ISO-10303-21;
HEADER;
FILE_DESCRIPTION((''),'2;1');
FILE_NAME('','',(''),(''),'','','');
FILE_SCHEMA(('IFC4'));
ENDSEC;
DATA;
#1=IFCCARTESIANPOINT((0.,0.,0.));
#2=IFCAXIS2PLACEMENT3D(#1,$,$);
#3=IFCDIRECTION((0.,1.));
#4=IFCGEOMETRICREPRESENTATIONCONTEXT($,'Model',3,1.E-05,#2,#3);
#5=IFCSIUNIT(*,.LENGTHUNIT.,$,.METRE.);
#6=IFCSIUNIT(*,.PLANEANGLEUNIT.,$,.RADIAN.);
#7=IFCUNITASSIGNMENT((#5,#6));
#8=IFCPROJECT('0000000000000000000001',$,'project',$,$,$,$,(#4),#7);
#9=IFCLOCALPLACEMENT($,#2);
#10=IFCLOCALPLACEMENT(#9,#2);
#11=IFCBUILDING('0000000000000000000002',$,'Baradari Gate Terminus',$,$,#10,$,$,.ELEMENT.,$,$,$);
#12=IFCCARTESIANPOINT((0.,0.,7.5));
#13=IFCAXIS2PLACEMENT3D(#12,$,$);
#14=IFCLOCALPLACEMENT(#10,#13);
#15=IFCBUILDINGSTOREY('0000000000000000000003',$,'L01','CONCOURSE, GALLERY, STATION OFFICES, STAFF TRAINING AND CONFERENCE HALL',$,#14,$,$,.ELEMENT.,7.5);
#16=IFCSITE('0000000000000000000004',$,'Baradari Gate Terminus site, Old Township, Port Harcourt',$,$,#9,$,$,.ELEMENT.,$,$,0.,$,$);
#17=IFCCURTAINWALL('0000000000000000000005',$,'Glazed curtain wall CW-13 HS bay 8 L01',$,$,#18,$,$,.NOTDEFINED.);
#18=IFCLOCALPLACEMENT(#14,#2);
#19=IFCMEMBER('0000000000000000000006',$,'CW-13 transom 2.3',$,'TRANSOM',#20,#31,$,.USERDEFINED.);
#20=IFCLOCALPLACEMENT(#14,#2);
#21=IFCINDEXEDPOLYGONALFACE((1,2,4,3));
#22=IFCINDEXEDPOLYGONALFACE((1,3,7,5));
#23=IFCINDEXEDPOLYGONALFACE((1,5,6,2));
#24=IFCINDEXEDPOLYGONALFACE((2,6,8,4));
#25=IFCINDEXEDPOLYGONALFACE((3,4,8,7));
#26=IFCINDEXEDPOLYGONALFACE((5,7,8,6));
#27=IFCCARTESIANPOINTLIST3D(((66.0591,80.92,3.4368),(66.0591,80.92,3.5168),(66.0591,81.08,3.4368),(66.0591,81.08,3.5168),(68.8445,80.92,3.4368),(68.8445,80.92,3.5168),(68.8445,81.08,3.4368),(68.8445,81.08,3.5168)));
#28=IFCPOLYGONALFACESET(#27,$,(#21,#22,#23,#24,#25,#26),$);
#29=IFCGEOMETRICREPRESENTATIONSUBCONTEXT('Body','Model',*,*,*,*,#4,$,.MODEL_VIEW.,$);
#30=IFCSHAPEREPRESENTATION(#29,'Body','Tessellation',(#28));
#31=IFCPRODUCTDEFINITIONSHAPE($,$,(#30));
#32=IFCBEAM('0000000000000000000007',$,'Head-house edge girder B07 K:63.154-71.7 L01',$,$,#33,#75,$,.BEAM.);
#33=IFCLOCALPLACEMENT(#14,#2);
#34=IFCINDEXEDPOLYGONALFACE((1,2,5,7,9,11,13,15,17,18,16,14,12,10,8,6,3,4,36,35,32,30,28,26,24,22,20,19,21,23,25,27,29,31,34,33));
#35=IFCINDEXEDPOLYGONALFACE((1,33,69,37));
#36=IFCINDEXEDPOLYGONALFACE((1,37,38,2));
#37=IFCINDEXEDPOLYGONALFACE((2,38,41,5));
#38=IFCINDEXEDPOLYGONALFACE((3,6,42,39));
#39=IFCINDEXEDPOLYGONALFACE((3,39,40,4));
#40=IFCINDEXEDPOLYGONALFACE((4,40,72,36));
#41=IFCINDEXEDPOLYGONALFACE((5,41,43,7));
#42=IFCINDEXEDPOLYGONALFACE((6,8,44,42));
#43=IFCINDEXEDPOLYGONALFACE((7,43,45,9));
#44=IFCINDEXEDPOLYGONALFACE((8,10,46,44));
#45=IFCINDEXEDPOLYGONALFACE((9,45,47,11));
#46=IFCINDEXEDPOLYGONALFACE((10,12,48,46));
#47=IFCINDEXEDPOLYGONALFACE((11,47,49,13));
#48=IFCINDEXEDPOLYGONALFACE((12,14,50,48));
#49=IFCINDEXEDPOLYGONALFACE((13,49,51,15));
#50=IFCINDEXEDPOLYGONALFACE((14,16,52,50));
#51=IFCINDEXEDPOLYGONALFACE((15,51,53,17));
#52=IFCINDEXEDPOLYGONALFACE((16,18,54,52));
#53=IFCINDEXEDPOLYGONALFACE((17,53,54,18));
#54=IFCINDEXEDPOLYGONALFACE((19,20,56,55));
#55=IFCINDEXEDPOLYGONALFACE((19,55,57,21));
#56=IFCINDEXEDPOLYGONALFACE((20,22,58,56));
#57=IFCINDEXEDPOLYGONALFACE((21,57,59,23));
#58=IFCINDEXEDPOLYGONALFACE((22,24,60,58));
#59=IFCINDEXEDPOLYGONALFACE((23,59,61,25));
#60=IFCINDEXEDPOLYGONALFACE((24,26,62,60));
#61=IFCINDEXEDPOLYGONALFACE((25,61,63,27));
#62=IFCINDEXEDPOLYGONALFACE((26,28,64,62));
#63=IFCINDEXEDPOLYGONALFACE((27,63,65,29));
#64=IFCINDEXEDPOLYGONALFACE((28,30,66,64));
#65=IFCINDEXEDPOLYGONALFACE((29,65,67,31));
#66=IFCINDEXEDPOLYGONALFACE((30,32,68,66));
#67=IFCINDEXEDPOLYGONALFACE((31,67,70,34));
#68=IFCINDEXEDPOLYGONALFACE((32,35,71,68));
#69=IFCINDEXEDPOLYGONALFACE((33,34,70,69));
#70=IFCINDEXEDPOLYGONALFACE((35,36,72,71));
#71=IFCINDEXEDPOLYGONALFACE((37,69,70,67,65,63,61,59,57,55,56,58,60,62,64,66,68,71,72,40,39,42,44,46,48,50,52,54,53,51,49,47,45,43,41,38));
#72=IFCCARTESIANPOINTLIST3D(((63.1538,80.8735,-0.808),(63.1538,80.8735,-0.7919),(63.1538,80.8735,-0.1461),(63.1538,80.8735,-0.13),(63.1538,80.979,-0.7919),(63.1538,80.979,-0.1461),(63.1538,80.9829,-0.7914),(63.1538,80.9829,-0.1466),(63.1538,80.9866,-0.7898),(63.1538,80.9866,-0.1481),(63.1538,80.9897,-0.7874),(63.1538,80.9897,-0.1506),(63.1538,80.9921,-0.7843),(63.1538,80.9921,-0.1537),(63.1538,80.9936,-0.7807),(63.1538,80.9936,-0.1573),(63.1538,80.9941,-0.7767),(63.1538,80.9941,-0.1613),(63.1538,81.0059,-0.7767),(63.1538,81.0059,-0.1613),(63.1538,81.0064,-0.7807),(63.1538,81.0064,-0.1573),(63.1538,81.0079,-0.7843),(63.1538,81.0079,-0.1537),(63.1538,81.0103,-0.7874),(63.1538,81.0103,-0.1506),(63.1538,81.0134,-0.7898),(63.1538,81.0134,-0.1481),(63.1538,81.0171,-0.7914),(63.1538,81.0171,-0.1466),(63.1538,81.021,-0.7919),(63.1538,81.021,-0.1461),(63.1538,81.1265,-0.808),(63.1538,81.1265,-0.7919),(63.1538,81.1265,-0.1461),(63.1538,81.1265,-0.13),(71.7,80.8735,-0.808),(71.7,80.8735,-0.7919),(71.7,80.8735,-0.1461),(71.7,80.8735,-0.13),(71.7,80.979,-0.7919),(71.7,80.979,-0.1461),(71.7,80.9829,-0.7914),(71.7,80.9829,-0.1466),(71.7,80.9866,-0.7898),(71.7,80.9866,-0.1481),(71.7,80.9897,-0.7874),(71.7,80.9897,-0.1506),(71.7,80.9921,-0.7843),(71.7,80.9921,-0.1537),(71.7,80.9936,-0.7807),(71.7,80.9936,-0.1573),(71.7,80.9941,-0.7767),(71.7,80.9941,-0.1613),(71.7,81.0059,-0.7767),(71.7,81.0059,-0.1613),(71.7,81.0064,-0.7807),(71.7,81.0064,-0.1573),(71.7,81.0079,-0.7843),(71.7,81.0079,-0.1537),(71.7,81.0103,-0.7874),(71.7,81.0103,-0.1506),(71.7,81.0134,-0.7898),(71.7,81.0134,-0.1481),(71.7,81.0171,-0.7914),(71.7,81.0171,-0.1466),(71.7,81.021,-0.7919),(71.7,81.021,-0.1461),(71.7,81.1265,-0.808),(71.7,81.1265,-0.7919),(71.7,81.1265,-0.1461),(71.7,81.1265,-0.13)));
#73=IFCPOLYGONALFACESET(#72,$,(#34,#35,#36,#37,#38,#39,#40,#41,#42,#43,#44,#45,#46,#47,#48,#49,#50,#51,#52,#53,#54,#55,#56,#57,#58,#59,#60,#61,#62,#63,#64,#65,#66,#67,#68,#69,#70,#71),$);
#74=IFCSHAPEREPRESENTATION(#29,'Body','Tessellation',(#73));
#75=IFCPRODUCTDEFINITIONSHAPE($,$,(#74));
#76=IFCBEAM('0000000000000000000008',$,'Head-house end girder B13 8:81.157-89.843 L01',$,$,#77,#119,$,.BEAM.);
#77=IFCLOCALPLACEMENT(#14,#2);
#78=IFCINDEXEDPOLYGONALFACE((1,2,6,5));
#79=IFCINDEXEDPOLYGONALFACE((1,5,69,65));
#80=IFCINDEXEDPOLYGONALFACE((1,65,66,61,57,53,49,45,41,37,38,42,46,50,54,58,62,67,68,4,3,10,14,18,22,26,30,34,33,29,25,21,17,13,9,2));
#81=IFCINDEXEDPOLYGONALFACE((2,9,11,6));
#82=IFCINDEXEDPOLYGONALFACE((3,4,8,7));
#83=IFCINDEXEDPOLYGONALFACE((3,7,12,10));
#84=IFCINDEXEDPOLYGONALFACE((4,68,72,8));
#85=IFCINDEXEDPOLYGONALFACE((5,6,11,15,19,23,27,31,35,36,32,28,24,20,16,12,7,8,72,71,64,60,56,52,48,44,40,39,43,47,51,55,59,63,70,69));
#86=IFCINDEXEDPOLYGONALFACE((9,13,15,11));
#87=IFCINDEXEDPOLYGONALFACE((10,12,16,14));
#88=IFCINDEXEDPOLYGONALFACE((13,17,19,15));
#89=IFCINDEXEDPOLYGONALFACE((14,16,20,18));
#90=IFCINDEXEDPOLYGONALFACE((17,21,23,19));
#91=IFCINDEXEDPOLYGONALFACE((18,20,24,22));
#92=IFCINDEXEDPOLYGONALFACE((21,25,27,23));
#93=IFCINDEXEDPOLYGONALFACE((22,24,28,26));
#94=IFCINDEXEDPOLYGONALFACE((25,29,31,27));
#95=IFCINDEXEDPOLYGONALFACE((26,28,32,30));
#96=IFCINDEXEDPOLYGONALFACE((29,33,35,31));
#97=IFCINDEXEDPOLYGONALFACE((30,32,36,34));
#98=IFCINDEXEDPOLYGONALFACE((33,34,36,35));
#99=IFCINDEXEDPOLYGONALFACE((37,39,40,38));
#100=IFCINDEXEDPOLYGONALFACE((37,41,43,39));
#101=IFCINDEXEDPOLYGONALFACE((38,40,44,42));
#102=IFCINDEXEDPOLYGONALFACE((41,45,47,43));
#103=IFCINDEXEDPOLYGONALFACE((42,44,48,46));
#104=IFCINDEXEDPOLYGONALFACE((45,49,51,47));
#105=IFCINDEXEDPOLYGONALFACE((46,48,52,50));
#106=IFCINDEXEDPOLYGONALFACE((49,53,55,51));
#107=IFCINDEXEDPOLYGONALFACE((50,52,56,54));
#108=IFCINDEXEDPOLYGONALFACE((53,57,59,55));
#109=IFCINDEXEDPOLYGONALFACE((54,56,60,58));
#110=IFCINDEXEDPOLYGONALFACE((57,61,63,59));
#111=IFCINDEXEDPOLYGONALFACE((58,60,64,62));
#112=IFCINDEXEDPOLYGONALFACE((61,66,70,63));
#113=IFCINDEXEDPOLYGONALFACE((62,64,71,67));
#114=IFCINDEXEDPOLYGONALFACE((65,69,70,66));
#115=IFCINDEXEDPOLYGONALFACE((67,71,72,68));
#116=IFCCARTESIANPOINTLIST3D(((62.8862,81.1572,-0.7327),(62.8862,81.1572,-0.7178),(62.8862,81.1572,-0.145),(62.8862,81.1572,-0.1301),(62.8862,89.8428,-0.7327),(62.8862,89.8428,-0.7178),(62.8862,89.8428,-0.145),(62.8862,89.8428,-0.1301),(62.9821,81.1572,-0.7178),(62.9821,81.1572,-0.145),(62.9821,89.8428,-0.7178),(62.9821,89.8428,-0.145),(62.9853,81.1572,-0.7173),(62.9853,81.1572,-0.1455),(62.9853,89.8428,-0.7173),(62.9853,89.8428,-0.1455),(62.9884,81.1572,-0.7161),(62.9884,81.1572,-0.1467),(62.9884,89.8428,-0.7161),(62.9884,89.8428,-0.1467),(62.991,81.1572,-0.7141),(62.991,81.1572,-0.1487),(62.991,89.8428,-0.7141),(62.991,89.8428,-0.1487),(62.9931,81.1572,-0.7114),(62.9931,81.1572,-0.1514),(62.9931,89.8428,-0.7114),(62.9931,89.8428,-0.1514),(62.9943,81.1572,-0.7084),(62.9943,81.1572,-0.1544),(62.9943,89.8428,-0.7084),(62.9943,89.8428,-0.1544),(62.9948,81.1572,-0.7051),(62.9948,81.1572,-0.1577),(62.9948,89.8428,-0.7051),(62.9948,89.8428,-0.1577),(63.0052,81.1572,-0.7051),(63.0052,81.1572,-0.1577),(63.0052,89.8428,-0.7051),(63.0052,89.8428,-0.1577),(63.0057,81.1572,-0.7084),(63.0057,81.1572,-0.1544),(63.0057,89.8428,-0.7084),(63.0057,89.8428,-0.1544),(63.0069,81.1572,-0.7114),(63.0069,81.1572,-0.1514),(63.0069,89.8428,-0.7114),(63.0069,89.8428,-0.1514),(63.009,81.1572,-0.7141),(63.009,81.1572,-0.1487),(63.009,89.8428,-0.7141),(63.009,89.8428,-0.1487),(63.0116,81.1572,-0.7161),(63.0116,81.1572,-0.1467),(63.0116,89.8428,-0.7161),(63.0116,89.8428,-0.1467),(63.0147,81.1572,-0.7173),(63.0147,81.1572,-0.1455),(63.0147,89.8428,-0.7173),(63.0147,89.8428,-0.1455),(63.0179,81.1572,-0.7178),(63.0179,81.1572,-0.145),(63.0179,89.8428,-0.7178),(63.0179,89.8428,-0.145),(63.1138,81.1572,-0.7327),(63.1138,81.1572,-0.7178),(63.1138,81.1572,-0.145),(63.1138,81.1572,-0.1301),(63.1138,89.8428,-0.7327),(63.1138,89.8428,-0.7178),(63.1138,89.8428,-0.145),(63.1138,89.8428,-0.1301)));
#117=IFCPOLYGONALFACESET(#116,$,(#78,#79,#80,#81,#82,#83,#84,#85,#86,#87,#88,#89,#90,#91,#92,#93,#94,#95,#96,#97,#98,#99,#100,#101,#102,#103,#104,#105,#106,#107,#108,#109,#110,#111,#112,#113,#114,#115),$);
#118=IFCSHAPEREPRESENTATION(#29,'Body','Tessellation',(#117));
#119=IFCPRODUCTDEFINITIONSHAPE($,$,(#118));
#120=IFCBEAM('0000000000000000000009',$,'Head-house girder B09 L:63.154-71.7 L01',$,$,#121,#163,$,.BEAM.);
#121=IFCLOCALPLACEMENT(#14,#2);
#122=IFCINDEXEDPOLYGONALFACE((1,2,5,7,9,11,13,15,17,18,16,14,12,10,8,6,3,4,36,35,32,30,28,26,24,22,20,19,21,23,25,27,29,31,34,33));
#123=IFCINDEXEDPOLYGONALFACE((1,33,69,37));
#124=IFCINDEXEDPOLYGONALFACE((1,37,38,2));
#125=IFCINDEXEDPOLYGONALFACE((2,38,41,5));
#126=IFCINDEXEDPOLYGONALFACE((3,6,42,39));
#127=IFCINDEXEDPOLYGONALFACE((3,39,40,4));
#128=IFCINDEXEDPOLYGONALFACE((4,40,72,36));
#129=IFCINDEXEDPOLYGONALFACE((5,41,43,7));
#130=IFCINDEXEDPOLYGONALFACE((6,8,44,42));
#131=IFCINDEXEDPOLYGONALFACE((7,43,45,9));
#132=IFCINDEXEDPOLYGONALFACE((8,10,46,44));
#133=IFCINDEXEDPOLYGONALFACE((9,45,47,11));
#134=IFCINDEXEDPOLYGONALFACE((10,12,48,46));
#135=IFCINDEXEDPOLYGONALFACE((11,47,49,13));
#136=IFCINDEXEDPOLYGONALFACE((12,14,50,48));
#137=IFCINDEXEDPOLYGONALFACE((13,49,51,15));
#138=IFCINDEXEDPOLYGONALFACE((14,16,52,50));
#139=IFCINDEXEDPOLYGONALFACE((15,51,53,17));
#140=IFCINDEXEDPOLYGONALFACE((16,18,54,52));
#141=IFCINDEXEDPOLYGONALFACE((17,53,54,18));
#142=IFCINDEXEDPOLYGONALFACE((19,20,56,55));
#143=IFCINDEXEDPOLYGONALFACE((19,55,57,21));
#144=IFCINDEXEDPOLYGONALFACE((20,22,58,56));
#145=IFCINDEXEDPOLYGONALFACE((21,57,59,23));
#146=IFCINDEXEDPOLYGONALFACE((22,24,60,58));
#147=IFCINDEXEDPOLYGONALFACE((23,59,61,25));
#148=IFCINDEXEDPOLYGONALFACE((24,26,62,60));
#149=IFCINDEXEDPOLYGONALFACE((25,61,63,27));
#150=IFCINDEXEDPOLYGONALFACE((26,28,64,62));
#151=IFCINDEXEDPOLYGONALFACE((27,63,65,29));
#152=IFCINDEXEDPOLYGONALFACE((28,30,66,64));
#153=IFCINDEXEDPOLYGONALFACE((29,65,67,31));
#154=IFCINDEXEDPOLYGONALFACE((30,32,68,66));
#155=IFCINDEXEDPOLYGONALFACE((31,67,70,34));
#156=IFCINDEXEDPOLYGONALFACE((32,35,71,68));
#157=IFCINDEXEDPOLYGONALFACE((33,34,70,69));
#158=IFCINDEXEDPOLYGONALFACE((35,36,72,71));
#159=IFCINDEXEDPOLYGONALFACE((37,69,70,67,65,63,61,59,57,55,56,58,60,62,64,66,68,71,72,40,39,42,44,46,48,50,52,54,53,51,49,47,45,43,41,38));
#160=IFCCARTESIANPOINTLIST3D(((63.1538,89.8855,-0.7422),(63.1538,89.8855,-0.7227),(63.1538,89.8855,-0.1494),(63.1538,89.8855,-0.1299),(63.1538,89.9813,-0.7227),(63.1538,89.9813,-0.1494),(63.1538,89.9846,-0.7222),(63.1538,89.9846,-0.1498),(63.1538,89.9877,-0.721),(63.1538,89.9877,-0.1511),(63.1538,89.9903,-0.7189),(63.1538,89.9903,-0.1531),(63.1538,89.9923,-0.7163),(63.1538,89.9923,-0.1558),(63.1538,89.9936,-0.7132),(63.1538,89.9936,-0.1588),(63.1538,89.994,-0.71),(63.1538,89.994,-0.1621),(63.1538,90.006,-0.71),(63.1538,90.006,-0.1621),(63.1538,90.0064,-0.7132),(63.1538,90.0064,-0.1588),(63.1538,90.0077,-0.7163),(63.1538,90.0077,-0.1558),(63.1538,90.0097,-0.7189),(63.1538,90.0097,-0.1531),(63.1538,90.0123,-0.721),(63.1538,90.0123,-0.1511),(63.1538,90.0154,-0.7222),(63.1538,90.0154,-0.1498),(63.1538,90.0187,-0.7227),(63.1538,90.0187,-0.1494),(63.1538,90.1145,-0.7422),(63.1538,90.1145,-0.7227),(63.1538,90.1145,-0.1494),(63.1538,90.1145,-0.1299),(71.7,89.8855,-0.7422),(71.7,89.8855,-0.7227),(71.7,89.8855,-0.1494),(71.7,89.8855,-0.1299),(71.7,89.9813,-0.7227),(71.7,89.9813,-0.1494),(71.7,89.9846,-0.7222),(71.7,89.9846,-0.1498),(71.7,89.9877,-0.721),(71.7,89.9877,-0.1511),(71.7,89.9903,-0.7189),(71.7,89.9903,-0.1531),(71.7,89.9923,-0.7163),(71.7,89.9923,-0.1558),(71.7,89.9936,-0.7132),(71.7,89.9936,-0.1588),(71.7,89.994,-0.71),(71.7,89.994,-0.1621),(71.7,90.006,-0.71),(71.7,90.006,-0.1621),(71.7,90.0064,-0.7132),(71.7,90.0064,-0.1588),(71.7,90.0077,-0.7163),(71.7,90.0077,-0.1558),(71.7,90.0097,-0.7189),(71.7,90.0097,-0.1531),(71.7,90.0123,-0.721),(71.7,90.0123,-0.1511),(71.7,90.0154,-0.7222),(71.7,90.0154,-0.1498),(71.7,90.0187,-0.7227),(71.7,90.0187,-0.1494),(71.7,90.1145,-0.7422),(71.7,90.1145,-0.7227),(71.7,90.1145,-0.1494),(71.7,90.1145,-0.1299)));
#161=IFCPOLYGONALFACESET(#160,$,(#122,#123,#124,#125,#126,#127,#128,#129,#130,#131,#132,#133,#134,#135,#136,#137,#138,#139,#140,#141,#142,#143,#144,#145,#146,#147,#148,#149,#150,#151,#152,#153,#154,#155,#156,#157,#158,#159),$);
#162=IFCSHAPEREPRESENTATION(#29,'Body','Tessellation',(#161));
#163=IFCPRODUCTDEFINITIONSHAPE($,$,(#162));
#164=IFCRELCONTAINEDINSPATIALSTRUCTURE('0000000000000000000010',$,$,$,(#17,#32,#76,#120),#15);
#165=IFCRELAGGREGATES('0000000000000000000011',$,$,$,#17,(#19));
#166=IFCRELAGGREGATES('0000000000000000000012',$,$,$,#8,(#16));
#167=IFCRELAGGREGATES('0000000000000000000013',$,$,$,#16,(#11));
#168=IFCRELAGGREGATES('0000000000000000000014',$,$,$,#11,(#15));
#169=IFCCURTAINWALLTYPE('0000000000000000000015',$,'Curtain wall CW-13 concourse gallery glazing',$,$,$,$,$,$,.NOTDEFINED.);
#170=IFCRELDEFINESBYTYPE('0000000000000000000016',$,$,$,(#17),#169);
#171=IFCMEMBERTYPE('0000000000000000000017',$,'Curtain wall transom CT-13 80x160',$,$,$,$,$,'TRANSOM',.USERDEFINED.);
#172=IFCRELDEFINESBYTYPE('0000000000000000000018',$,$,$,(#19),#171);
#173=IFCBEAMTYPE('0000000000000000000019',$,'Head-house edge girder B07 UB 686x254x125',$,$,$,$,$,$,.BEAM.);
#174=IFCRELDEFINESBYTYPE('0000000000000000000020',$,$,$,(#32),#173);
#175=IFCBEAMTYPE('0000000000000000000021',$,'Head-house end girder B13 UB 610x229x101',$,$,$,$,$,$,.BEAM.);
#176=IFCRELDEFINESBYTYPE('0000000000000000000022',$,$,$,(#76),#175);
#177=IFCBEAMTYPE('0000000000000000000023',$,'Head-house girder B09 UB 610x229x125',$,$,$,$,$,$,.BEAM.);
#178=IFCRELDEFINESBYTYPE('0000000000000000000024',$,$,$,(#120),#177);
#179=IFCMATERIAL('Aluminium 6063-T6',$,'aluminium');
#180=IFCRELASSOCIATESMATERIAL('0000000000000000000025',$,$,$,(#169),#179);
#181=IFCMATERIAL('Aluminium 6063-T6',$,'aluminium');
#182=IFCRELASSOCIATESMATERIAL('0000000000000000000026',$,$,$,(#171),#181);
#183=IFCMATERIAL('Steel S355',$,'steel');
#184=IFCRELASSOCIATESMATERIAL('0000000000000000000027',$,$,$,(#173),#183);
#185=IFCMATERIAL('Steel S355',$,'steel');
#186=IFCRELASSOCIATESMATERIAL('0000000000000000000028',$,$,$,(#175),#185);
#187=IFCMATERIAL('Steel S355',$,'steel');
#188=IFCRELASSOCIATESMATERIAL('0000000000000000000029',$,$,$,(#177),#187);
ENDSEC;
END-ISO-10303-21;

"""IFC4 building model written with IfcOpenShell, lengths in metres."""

from ifc_helpers import new_model, si_unit, direction, frame, origin, origin_2d, place, context, subcontext, project, spatial, rectangle, i_section, extrude, material, material_profile, profile_set, type_object, element, aggregate, save


model = new_model("IFC4")

# Units and contexts
model_context = context("Model", 3, precision=1e-05, world=origin(), true_north=direction((0.0, 1.0)))
body_context = subcontext(model_context, "Body", "Model", "MODEL_VIEW")
ifc_project = project(units=[si_unit("LENGTHUNIT", "METRE"), si_unit("PLANEANGLEUNIT", "RADIAN")], contexts=[model_context])

# Site, building, storey
site_placement = place(None, origin())
site = spatial("IfcSite", under=ifc_project, at=site_placement, Name="Baradari Gate Terminus site, Old Township, Port Harcourt", CompositionType="ELEMENT", RefElevation=0.0)
building_placement = place(site_placement, origin())
building = spatial("IfcBuilding", under=site, at=building_placement, Name="Baradari Gate Terminus", CompositionType="ELEMENT")
storey_placement = place(building_placement, frame((0.0, 0.0, 7.5)))
storey = spatial("IfcBuildingStorey", under=building, at=storey_placement, Name="L01", Description="CONCOURSE, GALLERY, STATION OFFICES, STAFF TRAINING AND CONFERENCE HALL", CompositionType="ELEMENT", Elevation=7.5)

# Curtain wall, member
ifc_material_1 = material(Name="Aluminium 6063-T6", Category="aluminium")
curtain_wall_type = type_object("IfcCurtainWallType", Name="Curtain wall CW-13 concourse gallery glazing", PredefinedType="NOTDEFINED", material=ifc_material_1)
curtain_wall_placement = place(storey_placement, origin())
curtain_wall = element("IfcCurtainWall", 1, at=curtain_wall_placement, inside=storey, type_object=curtain_wall_type, Name="Glazed curtain wall CW-13 HS bay 8 L01", PredefinedType="NOTDEFINED")
ifc_material_2 = material(Name="Aluminium 6063-T6", Category="aluminium")
ifc_material_profile_1 = material_profile(ifc_material_2, rectangle(XDim=0.1599, YDim=0.0801, at=origin_2d()), Name="CT-13 80X160")
ifc_profile_set_1 = profile_set([ifc_material_profile_1], Name="Aluminium 6063-T6")
member_type_1 = type_object("IfcMemberType", Name="Curtain wall transom CT-13 80x160", ElementType="TRANSOM", PredefinedType="USERDEFINED", material=ifc_profile_set_1)
member_1_placement = place(storey_placement, frame((66.0591, 81.0, 3.4768), z_axis=(1.0, 0.0, 0.0), x_axis=(0.0, 1.0, 0.0)))
member_1 = element("IfcMember", 2, at=member_1_placement, type_object=member_type_1, Name="CW-13 transom 2.3", ObjectType="TRANSOM", PredefinedType="USERDEFINED", context=body_context, shape_type="SweptSolid", body=[
    extrude(rectangle(XDim=0.1599, YDim=0.0801, at=origin_2d()), origin(), (0.0, 0.0, 1.0), 2.7854),
])

# Beams
ifc_material_3 = material(Name="Steel S355", Category="steel")
ifc_material_profile_2 = material_profile(ifc_material_3, i_section(OverallWidth=0.2529, OverallDepth=0.678, WebThickness=0.0117, FlangeThickness=0.0161, FilletRadius=0.0151, at=origin_2d()), Name="UB 686x254x125")
ifc_profile_set_2 = profile_set([ifc_material_profile_2], Name="Steel S355")
beam_type_1 = type_object("IfcBeamType", Name="Head-house edge girder B07 UB 686x254x125", PredefinedType="BEAM", material=ifc_profile_set_2)
beam_1_placement = place(storey_placement, frame((63.1538, 81.0, -0.469), z_axis=(1.0, 0.0, 0.0), x_axis=(0.0, 1.0, 0.0)))
element("IfcBeam", 3, at=beam_1_placement, inside=storey, type_object=beam_type_1, Name="Head-house edge girder B07 K:63.154-71.7 L01", PredefinedType="BEAM", context=body_context, shape_type="SweptSolid", body=[
    extrude(i_section(OverallWidth=0.2529, OverallDepth=0.678, WebThickness=0.0117, FlangeThickness=0.0161, FilletRadius=0.0151, at=origin_2d()), origin(), (0.0, 0.0, 1.0), 8.5461),
])
ifc_material_4 = material(Name="Steel S355", Category="steel")
ifc_material_profile_3 = material_profile(ifc_material_4, i_section(OverallWidth=0.2275, OverallDepth=0.6025, WebThickness=0.0105, FlangeThickness=0.0149, FilletRadius=0.0127, at=origin_2d()), Name="UB 610x229x101")
ifc_profile_set_3 = profile_set([ifc_material_profile_3], Name="Steel S355")
beam_type_2 = type_object("IfcBeamType", Name="Head-house end girder B13 UB 610x229x101", PredefinedType="BEAM", material=ifc_profile_set_3)
beam_2_placement = place(storey_placement, frame((63.0, 81.1572, -0.4314), z_axis=(0.0, 1.0, 0.0), x_axis=(-1.0, 0.0, 0.0)))
element("IfcBeam", 4, at=beam_2_placement, inside=storey, type_object=beam_type_2, Name="Head-house end girder B13 8:81.157-89.843 L01", PredefinedType="BEAM", context=body_context, shape_type="SweptSolid", body=[
    extrude(i_section(OverallWidth=0.2275, OverallDepth=0.6025, WebThickness=0.0105, FlangeThickness=0.0149, FilletRadius=0.0127, at=origin_2d()), origin(), (0.0, 0.0, 1.0), 8.6855),
])
ifc_material_5 = material(Name="Steel S355", Category="steel")
ifc_material_profile_4 = material_profile(ifc_material_5, i_section(OverallWidth=0.229, OverallDepth=0.6123, WebThickness=0.012, FlangeThickness=0.0195, FilletRadius=0.0127, at=origin_2d()), Name="UB 610x229x125")
ifc_profile_set_4 = profile_set([ifc_material_profile_4], Name="Steel S355")
beam_type_3 = type_object("IfcBeamType", Name="Head-house girder B09 UB 610x229x125", PredefinedType="BEAM", material=ifc_profile_set_4)
beam_3_placement = place(storey_placement, frame((63.1538, 90.0, -0.436), z_axis=(1.0, 0.0, 0.0), x_axis=(0.0, 1.0, 0.0)))
element("IfcBeam", 5, at=beam_3_placement, inside=storey, type_object=beam_type_3, Name="Head-house girder B09 L:63.154-71.7 L01", PredefinedType="BEAM", context=body_context, shape_type="SweptSolid", body=[
    extrude(i_section(OverallWidth=0.229, OverallDepth=0.6123, WebThickness=0.012, FlangeThickness=0.0195, FilletRadius=0.0127, at=origin_2d()), origin(), (0.0, 0.0, 1.0), 8.5461),
])

aggregate(curtain_wall, [member_1])

save(model, "model.ifc")
